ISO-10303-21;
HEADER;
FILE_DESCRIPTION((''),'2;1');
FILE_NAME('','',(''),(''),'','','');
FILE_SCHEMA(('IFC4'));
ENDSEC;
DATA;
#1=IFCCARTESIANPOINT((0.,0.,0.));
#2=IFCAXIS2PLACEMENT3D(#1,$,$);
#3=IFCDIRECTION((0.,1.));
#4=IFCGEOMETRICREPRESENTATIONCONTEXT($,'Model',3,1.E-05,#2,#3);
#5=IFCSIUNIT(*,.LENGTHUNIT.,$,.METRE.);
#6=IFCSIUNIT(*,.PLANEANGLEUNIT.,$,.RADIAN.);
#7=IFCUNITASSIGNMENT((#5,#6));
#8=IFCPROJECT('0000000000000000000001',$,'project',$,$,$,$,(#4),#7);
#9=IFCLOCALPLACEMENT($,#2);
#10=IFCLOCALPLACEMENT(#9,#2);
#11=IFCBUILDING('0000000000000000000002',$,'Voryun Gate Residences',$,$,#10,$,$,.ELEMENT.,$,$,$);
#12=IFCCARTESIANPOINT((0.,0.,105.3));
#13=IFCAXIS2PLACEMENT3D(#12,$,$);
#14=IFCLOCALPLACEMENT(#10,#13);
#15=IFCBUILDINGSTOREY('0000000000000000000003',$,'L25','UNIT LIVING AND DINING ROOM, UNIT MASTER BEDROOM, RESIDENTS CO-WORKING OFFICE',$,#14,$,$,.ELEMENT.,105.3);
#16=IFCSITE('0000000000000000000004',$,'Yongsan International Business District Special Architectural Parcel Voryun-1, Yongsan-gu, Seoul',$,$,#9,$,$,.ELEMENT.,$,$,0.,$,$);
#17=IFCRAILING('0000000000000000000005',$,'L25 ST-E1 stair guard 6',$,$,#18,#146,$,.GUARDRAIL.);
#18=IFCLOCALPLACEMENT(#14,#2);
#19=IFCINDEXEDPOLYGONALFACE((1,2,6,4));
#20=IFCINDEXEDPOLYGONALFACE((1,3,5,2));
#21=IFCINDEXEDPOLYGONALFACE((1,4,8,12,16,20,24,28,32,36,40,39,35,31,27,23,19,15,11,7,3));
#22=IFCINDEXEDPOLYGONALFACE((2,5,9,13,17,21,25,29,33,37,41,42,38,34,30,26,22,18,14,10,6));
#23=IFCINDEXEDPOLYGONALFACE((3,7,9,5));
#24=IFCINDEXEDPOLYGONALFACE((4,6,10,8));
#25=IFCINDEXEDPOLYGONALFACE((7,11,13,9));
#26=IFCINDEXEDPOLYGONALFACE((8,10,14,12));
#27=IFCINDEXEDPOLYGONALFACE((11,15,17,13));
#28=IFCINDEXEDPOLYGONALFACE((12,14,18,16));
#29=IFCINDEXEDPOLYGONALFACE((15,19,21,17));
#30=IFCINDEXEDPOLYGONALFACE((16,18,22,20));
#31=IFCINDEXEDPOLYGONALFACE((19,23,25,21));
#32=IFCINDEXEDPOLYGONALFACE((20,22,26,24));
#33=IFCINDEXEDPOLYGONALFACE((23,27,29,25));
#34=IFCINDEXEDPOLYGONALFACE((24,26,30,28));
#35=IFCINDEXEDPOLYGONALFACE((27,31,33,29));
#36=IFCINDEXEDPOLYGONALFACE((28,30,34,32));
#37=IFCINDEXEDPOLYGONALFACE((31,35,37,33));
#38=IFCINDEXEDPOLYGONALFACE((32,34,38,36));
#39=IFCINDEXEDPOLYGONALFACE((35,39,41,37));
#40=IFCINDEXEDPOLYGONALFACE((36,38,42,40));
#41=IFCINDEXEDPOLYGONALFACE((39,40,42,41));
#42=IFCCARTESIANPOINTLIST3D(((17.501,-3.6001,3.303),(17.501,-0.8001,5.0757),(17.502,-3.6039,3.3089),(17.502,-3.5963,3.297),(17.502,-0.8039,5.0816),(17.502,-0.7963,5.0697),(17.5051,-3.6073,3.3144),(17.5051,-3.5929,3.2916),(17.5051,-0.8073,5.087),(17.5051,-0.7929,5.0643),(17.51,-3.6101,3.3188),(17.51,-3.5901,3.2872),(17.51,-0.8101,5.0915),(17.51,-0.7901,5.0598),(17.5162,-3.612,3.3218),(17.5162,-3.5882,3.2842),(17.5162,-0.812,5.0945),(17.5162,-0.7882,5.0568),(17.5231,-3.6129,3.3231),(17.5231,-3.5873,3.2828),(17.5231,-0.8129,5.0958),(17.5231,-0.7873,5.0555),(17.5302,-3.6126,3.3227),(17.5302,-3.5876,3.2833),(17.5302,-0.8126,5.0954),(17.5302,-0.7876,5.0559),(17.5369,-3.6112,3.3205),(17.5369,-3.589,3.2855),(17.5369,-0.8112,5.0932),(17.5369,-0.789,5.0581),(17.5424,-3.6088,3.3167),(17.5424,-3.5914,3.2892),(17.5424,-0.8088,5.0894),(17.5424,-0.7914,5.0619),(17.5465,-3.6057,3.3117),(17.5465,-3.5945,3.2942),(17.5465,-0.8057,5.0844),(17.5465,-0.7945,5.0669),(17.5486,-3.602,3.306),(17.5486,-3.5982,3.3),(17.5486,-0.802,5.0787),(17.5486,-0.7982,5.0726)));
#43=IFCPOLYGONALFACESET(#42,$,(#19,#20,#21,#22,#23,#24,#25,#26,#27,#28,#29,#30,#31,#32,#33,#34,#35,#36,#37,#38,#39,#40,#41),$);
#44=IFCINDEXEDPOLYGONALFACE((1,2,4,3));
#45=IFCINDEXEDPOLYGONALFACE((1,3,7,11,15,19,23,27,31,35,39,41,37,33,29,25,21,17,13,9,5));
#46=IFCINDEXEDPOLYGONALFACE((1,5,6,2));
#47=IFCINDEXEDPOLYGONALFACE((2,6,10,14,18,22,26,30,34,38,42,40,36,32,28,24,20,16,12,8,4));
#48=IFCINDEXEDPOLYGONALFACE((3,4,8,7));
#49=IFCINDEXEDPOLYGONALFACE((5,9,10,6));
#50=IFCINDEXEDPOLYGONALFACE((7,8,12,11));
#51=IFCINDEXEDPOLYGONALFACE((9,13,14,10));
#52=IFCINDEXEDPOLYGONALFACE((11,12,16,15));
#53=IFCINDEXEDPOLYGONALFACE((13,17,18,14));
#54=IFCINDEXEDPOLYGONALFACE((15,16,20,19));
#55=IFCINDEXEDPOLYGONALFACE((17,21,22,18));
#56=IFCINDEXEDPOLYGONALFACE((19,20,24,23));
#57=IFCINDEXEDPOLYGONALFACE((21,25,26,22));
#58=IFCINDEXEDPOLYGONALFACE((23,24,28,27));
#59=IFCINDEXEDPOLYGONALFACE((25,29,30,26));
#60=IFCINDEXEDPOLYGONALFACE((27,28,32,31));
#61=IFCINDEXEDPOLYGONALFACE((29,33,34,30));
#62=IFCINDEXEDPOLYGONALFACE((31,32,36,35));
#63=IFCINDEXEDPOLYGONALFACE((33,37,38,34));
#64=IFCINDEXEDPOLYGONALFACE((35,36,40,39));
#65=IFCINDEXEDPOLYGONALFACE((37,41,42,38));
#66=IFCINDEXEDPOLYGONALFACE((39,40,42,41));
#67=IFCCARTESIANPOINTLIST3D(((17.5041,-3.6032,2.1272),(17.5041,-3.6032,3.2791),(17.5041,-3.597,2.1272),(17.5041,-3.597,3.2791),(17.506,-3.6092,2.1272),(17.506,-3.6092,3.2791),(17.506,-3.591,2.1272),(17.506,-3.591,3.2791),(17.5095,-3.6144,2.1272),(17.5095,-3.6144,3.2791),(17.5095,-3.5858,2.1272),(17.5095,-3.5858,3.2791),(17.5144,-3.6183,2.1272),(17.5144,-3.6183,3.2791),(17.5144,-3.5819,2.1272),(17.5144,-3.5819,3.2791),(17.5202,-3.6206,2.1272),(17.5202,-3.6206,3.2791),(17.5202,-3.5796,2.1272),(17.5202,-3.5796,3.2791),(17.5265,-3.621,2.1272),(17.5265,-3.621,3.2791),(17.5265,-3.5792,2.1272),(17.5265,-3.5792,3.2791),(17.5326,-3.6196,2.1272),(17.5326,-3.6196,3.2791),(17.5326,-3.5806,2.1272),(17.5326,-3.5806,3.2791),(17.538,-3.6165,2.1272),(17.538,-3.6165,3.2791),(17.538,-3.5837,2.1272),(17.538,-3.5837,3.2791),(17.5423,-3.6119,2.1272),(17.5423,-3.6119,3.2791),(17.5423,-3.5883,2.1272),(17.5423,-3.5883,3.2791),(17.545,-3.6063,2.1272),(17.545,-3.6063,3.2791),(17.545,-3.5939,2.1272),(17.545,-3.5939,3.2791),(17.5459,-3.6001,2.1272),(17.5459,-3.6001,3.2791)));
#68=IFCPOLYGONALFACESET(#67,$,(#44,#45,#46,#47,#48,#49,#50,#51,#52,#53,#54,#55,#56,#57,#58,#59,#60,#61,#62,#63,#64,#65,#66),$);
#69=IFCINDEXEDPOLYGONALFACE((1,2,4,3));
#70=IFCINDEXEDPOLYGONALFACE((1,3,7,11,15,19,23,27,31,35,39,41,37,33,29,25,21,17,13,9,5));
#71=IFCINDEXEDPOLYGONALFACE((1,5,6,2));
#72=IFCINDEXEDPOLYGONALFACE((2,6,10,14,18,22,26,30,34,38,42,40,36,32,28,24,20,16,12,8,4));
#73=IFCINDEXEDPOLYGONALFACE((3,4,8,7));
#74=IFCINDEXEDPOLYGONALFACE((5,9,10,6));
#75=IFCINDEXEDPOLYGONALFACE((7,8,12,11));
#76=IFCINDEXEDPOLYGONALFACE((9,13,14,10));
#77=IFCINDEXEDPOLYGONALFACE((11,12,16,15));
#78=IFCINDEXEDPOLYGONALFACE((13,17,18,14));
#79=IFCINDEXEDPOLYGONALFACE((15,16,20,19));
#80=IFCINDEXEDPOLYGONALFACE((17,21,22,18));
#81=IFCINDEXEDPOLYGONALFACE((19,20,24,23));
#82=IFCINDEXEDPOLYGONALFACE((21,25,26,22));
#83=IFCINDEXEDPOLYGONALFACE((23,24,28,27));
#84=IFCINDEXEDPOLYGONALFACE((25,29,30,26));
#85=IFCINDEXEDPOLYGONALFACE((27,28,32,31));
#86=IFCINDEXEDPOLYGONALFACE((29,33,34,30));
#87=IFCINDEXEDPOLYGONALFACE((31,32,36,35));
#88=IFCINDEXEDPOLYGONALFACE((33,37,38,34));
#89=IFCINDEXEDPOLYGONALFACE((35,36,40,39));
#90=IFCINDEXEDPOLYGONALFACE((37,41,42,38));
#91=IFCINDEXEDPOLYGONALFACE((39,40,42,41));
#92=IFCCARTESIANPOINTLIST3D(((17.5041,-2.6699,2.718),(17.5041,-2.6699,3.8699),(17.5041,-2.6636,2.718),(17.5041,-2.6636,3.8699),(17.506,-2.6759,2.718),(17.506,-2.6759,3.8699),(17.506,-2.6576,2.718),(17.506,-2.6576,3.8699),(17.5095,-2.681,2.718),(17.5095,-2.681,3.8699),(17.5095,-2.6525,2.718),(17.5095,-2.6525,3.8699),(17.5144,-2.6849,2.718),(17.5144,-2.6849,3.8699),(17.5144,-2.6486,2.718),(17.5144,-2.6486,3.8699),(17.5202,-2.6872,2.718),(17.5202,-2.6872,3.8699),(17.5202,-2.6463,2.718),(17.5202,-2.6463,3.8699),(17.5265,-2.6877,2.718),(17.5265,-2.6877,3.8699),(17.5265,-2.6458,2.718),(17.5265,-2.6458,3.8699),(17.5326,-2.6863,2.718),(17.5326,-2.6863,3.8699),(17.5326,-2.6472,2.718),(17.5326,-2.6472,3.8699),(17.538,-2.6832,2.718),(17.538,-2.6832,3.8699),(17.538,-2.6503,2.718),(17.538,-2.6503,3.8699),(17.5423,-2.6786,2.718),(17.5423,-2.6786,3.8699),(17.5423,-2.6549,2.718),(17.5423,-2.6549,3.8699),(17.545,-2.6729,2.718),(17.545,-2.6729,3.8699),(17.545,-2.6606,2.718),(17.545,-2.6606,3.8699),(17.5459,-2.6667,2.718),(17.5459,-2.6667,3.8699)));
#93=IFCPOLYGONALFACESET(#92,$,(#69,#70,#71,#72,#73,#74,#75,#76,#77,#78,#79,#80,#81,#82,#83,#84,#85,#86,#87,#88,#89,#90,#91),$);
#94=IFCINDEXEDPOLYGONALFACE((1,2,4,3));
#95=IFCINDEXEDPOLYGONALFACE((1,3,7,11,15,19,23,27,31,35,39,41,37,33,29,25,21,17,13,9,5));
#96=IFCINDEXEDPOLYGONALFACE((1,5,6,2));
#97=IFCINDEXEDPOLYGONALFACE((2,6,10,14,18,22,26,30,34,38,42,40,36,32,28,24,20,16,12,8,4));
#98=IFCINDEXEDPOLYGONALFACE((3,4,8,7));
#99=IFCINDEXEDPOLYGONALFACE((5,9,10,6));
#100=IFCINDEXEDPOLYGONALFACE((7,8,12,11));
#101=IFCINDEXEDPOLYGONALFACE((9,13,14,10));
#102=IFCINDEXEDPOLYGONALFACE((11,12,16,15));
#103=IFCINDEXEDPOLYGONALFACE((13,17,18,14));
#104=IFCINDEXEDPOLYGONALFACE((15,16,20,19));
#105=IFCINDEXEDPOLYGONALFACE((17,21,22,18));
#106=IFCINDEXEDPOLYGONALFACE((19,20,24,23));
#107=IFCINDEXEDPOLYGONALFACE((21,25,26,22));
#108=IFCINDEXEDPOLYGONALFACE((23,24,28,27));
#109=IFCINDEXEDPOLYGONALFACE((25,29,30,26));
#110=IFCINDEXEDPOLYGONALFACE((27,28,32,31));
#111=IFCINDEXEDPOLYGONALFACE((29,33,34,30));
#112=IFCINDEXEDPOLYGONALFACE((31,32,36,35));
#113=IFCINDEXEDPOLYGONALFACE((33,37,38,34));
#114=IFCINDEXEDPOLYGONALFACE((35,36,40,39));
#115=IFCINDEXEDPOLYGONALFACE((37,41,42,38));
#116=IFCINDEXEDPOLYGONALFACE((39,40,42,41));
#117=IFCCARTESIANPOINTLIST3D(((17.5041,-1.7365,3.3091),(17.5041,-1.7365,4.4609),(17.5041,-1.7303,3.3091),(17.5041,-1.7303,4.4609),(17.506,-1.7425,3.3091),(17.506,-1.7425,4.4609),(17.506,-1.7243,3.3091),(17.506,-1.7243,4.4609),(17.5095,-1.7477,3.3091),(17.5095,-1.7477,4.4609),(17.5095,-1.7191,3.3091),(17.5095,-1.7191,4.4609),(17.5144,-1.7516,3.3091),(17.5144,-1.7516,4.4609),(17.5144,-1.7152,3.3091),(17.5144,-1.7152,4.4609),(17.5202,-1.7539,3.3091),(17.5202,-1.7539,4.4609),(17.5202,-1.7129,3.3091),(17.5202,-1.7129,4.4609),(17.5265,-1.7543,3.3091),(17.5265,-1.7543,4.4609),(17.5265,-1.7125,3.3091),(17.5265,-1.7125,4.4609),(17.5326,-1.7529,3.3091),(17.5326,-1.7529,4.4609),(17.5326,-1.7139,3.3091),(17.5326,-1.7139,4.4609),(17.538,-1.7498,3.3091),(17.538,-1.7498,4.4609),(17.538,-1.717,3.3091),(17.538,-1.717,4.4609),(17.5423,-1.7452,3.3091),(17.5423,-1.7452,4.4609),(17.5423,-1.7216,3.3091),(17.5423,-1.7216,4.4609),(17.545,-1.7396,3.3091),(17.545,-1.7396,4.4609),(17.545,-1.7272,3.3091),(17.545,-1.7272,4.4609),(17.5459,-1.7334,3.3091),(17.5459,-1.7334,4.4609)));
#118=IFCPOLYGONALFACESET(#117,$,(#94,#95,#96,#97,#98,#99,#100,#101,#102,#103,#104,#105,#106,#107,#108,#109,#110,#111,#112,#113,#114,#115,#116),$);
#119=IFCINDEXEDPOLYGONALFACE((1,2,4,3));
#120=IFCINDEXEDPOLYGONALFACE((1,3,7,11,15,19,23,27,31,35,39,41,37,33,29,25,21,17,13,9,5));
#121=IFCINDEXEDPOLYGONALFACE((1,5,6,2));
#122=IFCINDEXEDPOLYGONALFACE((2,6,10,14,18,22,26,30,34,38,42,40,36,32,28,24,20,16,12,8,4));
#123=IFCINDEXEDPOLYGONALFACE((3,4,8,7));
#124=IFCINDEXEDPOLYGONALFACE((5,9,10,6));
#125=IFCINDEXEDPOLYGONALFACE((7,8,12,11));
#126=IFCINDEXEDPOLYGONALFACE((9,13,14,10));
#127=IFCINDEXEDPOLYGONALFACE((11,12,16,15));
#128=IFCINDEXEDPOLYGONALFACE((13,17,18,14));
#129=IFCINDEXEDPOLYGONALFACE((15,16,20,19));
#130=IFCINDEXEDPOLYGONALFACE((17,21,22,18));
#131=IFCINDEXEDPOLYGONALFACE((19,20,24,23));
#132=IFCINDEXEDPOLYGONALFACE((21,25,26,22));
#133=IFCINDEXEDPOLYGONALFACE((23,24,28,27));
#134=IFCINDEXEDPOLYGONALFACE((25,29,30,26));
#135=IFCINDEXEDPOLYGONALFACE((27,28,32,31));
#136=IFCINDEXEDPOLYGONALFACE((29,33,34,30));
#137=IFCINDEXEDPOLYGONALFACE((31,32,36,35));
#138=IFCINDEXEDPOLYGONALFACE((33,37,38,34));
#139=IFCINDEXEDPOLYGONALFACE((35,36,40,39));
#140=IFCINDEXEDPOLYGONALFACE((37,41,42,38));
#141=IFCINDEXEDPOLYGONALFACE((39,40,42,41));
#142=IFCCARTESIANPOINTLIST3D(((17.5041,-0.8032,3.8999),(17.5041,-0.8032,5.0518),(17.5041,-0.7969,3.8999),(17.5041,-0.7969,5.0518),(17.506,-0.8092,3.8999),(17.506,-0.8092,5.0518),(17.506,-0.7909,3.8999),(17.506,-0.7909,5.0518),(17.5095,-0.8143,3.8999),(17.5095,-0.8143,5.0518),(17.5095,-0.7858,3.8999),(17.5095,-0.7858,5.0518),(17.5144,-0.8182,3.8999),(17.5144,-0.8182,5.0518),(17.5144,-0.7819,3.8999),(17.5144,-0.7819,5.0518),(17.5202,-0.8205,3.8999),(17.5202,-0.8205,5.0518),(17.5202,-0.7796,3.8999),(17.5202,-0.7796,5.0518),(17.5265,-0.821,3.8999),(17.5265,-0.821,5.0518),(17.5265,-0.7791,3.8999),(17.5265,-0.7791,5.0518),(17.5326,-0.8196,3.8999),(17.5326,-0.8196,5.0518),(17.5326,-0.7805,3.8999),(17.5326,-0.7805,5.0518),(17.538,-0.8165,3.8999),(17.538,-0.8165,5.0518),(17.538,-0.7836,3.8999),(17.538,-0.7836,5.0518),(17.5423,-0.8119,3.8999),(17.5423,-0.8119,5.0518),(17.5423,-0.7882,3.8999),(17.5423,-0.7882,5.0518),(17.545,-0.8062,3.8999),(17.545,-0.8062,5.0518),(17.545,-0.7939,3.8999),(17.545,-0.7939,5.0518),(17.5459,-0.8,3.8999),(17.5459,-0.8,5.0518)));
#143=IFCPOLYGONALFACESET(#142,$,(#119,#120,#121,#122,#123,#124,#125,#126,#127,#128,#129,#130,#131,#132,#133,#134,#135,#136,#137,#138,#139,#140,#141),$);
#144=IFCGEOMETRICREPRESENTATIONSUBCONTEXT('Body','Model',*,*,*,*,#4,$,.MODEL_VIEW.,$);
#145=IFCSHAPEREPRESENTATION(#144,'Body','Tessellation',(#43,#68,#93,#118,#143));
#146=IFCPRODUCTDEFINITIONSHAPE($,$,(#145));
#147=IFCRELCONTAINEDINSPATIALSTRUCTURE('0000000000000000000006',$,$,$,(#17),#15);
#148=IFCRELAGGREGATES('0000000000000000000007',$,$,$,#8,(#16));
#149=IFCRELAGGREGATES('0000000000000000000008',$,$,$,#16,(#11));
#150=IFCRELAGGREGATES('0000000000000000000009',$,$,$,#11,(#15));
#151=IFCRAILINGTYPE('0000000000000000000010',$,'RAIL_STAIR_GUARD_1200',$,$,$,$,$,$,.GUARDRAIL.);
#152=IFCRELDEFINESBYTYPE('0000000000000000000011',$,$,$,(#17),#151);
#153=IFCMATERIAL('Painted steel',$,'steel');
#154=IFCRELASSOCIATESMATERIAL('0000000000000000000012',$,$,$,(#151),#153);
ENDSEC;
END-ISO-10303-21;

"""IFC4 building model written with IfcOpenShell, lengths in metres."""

from ifc_helpers import new_model, si_unit, direction, frame, origin, origin_2d, place, context, subcontext, project, spatial, circle, extrude, material, type_object, element, save


model = new_model("IFC4")

# Units and contexts
model_context = context("Model", 3, precision=1e-05, world=origin(), true_north=direction((0.0, 1.0)))
body_context = subcontext(model_context, "Body", "Model", "MODEL_VIEW")
ifc_project = project(units=[si_unit("LENGTHUNIT", "METRE"), si_unit("PLANEANGLEUNIT", "RADIAN")], contexts=[model_context])

# Site, building, storey
site_placement = place(None, origin())
site = spatial("IfcSite", under=ifc_project, at=site_placement, Name="Yongsan International Business District Special Architectural Parcel Voryun-1, Yongsan-gu, Seoul", CompositionType="ELEMENT", RefElevation=0.0)
building_placement = place(site_placement, origin())
building = spatial("IfcBuilding", under=site, at=building_placement, Name="Voryun Gate Residences", CompositionType="ELEMENT")
storey_placement = place(building_placement, frame((0.0, 0.0, 105.3)))
storey = spatial("IfcBuildingStorey", under=building, at=storey_placement, Name="L25", Description="UNIT LIVING AND DINING ROOM, UNIT MASTER BEDROOM, RESIDENTS CO-WORKING OFFICE", CompositionType="ELEMENT", Elevation=105.3)

# Railing
ifc_material_1 = material(Name="Painted steel", Category="steel")
railing_type_1 = type_object("IfcRailingType", Name="RAIL_STAIR_GUARD_1200", PredefinedType="GUARDRAIL", material=ifc_material_1)
railing_1_placement = place(storey_placement, frame((17.5249, -3.6001, 2.1272)))
element("IfcRailing", 1, at=railing_1_placement, inside=storey, type_object=railing_type_1, Name="L25 ST-E1 stair guard 6", PredefinedType="GUARDRAIL", context=body_context, shape_type="SweptSolid", body=[
    extrude(circle(Radius=0.0239, at=origin_2d()), frame((0.0, 0.0, 1.1758), z_axis=(0.0, 0.844909, 0.53491), x_axis=(-1.0, 0.0, 0.0)), (0.0, 0.0, 1.0), 3.314),
    extrude(circle(Radius=0.021, at=origin_2d()), origin(), (0.0, 0.0, 1.0), 1.1519),
    extrude(circle(Radius=0.021, at=origin_2d()), frame((0.0, 0.9333, 0.5908)), (0.0, 0.0, 1.0), 1.1519),
    extrude(circle(Radius=0.021, at=origin_2d()), frame((0.0, 1.8667, 1.1819)), (0.0, 0.0, 1.0), 1.1519),
    extrude(circle(Radius=0.021, at=origin_2d()), frame((0.0, 2.8, 1.7727)), (0.0, 0.0, 1.0), 1.1519),
])

save(model, "model.ifc")
